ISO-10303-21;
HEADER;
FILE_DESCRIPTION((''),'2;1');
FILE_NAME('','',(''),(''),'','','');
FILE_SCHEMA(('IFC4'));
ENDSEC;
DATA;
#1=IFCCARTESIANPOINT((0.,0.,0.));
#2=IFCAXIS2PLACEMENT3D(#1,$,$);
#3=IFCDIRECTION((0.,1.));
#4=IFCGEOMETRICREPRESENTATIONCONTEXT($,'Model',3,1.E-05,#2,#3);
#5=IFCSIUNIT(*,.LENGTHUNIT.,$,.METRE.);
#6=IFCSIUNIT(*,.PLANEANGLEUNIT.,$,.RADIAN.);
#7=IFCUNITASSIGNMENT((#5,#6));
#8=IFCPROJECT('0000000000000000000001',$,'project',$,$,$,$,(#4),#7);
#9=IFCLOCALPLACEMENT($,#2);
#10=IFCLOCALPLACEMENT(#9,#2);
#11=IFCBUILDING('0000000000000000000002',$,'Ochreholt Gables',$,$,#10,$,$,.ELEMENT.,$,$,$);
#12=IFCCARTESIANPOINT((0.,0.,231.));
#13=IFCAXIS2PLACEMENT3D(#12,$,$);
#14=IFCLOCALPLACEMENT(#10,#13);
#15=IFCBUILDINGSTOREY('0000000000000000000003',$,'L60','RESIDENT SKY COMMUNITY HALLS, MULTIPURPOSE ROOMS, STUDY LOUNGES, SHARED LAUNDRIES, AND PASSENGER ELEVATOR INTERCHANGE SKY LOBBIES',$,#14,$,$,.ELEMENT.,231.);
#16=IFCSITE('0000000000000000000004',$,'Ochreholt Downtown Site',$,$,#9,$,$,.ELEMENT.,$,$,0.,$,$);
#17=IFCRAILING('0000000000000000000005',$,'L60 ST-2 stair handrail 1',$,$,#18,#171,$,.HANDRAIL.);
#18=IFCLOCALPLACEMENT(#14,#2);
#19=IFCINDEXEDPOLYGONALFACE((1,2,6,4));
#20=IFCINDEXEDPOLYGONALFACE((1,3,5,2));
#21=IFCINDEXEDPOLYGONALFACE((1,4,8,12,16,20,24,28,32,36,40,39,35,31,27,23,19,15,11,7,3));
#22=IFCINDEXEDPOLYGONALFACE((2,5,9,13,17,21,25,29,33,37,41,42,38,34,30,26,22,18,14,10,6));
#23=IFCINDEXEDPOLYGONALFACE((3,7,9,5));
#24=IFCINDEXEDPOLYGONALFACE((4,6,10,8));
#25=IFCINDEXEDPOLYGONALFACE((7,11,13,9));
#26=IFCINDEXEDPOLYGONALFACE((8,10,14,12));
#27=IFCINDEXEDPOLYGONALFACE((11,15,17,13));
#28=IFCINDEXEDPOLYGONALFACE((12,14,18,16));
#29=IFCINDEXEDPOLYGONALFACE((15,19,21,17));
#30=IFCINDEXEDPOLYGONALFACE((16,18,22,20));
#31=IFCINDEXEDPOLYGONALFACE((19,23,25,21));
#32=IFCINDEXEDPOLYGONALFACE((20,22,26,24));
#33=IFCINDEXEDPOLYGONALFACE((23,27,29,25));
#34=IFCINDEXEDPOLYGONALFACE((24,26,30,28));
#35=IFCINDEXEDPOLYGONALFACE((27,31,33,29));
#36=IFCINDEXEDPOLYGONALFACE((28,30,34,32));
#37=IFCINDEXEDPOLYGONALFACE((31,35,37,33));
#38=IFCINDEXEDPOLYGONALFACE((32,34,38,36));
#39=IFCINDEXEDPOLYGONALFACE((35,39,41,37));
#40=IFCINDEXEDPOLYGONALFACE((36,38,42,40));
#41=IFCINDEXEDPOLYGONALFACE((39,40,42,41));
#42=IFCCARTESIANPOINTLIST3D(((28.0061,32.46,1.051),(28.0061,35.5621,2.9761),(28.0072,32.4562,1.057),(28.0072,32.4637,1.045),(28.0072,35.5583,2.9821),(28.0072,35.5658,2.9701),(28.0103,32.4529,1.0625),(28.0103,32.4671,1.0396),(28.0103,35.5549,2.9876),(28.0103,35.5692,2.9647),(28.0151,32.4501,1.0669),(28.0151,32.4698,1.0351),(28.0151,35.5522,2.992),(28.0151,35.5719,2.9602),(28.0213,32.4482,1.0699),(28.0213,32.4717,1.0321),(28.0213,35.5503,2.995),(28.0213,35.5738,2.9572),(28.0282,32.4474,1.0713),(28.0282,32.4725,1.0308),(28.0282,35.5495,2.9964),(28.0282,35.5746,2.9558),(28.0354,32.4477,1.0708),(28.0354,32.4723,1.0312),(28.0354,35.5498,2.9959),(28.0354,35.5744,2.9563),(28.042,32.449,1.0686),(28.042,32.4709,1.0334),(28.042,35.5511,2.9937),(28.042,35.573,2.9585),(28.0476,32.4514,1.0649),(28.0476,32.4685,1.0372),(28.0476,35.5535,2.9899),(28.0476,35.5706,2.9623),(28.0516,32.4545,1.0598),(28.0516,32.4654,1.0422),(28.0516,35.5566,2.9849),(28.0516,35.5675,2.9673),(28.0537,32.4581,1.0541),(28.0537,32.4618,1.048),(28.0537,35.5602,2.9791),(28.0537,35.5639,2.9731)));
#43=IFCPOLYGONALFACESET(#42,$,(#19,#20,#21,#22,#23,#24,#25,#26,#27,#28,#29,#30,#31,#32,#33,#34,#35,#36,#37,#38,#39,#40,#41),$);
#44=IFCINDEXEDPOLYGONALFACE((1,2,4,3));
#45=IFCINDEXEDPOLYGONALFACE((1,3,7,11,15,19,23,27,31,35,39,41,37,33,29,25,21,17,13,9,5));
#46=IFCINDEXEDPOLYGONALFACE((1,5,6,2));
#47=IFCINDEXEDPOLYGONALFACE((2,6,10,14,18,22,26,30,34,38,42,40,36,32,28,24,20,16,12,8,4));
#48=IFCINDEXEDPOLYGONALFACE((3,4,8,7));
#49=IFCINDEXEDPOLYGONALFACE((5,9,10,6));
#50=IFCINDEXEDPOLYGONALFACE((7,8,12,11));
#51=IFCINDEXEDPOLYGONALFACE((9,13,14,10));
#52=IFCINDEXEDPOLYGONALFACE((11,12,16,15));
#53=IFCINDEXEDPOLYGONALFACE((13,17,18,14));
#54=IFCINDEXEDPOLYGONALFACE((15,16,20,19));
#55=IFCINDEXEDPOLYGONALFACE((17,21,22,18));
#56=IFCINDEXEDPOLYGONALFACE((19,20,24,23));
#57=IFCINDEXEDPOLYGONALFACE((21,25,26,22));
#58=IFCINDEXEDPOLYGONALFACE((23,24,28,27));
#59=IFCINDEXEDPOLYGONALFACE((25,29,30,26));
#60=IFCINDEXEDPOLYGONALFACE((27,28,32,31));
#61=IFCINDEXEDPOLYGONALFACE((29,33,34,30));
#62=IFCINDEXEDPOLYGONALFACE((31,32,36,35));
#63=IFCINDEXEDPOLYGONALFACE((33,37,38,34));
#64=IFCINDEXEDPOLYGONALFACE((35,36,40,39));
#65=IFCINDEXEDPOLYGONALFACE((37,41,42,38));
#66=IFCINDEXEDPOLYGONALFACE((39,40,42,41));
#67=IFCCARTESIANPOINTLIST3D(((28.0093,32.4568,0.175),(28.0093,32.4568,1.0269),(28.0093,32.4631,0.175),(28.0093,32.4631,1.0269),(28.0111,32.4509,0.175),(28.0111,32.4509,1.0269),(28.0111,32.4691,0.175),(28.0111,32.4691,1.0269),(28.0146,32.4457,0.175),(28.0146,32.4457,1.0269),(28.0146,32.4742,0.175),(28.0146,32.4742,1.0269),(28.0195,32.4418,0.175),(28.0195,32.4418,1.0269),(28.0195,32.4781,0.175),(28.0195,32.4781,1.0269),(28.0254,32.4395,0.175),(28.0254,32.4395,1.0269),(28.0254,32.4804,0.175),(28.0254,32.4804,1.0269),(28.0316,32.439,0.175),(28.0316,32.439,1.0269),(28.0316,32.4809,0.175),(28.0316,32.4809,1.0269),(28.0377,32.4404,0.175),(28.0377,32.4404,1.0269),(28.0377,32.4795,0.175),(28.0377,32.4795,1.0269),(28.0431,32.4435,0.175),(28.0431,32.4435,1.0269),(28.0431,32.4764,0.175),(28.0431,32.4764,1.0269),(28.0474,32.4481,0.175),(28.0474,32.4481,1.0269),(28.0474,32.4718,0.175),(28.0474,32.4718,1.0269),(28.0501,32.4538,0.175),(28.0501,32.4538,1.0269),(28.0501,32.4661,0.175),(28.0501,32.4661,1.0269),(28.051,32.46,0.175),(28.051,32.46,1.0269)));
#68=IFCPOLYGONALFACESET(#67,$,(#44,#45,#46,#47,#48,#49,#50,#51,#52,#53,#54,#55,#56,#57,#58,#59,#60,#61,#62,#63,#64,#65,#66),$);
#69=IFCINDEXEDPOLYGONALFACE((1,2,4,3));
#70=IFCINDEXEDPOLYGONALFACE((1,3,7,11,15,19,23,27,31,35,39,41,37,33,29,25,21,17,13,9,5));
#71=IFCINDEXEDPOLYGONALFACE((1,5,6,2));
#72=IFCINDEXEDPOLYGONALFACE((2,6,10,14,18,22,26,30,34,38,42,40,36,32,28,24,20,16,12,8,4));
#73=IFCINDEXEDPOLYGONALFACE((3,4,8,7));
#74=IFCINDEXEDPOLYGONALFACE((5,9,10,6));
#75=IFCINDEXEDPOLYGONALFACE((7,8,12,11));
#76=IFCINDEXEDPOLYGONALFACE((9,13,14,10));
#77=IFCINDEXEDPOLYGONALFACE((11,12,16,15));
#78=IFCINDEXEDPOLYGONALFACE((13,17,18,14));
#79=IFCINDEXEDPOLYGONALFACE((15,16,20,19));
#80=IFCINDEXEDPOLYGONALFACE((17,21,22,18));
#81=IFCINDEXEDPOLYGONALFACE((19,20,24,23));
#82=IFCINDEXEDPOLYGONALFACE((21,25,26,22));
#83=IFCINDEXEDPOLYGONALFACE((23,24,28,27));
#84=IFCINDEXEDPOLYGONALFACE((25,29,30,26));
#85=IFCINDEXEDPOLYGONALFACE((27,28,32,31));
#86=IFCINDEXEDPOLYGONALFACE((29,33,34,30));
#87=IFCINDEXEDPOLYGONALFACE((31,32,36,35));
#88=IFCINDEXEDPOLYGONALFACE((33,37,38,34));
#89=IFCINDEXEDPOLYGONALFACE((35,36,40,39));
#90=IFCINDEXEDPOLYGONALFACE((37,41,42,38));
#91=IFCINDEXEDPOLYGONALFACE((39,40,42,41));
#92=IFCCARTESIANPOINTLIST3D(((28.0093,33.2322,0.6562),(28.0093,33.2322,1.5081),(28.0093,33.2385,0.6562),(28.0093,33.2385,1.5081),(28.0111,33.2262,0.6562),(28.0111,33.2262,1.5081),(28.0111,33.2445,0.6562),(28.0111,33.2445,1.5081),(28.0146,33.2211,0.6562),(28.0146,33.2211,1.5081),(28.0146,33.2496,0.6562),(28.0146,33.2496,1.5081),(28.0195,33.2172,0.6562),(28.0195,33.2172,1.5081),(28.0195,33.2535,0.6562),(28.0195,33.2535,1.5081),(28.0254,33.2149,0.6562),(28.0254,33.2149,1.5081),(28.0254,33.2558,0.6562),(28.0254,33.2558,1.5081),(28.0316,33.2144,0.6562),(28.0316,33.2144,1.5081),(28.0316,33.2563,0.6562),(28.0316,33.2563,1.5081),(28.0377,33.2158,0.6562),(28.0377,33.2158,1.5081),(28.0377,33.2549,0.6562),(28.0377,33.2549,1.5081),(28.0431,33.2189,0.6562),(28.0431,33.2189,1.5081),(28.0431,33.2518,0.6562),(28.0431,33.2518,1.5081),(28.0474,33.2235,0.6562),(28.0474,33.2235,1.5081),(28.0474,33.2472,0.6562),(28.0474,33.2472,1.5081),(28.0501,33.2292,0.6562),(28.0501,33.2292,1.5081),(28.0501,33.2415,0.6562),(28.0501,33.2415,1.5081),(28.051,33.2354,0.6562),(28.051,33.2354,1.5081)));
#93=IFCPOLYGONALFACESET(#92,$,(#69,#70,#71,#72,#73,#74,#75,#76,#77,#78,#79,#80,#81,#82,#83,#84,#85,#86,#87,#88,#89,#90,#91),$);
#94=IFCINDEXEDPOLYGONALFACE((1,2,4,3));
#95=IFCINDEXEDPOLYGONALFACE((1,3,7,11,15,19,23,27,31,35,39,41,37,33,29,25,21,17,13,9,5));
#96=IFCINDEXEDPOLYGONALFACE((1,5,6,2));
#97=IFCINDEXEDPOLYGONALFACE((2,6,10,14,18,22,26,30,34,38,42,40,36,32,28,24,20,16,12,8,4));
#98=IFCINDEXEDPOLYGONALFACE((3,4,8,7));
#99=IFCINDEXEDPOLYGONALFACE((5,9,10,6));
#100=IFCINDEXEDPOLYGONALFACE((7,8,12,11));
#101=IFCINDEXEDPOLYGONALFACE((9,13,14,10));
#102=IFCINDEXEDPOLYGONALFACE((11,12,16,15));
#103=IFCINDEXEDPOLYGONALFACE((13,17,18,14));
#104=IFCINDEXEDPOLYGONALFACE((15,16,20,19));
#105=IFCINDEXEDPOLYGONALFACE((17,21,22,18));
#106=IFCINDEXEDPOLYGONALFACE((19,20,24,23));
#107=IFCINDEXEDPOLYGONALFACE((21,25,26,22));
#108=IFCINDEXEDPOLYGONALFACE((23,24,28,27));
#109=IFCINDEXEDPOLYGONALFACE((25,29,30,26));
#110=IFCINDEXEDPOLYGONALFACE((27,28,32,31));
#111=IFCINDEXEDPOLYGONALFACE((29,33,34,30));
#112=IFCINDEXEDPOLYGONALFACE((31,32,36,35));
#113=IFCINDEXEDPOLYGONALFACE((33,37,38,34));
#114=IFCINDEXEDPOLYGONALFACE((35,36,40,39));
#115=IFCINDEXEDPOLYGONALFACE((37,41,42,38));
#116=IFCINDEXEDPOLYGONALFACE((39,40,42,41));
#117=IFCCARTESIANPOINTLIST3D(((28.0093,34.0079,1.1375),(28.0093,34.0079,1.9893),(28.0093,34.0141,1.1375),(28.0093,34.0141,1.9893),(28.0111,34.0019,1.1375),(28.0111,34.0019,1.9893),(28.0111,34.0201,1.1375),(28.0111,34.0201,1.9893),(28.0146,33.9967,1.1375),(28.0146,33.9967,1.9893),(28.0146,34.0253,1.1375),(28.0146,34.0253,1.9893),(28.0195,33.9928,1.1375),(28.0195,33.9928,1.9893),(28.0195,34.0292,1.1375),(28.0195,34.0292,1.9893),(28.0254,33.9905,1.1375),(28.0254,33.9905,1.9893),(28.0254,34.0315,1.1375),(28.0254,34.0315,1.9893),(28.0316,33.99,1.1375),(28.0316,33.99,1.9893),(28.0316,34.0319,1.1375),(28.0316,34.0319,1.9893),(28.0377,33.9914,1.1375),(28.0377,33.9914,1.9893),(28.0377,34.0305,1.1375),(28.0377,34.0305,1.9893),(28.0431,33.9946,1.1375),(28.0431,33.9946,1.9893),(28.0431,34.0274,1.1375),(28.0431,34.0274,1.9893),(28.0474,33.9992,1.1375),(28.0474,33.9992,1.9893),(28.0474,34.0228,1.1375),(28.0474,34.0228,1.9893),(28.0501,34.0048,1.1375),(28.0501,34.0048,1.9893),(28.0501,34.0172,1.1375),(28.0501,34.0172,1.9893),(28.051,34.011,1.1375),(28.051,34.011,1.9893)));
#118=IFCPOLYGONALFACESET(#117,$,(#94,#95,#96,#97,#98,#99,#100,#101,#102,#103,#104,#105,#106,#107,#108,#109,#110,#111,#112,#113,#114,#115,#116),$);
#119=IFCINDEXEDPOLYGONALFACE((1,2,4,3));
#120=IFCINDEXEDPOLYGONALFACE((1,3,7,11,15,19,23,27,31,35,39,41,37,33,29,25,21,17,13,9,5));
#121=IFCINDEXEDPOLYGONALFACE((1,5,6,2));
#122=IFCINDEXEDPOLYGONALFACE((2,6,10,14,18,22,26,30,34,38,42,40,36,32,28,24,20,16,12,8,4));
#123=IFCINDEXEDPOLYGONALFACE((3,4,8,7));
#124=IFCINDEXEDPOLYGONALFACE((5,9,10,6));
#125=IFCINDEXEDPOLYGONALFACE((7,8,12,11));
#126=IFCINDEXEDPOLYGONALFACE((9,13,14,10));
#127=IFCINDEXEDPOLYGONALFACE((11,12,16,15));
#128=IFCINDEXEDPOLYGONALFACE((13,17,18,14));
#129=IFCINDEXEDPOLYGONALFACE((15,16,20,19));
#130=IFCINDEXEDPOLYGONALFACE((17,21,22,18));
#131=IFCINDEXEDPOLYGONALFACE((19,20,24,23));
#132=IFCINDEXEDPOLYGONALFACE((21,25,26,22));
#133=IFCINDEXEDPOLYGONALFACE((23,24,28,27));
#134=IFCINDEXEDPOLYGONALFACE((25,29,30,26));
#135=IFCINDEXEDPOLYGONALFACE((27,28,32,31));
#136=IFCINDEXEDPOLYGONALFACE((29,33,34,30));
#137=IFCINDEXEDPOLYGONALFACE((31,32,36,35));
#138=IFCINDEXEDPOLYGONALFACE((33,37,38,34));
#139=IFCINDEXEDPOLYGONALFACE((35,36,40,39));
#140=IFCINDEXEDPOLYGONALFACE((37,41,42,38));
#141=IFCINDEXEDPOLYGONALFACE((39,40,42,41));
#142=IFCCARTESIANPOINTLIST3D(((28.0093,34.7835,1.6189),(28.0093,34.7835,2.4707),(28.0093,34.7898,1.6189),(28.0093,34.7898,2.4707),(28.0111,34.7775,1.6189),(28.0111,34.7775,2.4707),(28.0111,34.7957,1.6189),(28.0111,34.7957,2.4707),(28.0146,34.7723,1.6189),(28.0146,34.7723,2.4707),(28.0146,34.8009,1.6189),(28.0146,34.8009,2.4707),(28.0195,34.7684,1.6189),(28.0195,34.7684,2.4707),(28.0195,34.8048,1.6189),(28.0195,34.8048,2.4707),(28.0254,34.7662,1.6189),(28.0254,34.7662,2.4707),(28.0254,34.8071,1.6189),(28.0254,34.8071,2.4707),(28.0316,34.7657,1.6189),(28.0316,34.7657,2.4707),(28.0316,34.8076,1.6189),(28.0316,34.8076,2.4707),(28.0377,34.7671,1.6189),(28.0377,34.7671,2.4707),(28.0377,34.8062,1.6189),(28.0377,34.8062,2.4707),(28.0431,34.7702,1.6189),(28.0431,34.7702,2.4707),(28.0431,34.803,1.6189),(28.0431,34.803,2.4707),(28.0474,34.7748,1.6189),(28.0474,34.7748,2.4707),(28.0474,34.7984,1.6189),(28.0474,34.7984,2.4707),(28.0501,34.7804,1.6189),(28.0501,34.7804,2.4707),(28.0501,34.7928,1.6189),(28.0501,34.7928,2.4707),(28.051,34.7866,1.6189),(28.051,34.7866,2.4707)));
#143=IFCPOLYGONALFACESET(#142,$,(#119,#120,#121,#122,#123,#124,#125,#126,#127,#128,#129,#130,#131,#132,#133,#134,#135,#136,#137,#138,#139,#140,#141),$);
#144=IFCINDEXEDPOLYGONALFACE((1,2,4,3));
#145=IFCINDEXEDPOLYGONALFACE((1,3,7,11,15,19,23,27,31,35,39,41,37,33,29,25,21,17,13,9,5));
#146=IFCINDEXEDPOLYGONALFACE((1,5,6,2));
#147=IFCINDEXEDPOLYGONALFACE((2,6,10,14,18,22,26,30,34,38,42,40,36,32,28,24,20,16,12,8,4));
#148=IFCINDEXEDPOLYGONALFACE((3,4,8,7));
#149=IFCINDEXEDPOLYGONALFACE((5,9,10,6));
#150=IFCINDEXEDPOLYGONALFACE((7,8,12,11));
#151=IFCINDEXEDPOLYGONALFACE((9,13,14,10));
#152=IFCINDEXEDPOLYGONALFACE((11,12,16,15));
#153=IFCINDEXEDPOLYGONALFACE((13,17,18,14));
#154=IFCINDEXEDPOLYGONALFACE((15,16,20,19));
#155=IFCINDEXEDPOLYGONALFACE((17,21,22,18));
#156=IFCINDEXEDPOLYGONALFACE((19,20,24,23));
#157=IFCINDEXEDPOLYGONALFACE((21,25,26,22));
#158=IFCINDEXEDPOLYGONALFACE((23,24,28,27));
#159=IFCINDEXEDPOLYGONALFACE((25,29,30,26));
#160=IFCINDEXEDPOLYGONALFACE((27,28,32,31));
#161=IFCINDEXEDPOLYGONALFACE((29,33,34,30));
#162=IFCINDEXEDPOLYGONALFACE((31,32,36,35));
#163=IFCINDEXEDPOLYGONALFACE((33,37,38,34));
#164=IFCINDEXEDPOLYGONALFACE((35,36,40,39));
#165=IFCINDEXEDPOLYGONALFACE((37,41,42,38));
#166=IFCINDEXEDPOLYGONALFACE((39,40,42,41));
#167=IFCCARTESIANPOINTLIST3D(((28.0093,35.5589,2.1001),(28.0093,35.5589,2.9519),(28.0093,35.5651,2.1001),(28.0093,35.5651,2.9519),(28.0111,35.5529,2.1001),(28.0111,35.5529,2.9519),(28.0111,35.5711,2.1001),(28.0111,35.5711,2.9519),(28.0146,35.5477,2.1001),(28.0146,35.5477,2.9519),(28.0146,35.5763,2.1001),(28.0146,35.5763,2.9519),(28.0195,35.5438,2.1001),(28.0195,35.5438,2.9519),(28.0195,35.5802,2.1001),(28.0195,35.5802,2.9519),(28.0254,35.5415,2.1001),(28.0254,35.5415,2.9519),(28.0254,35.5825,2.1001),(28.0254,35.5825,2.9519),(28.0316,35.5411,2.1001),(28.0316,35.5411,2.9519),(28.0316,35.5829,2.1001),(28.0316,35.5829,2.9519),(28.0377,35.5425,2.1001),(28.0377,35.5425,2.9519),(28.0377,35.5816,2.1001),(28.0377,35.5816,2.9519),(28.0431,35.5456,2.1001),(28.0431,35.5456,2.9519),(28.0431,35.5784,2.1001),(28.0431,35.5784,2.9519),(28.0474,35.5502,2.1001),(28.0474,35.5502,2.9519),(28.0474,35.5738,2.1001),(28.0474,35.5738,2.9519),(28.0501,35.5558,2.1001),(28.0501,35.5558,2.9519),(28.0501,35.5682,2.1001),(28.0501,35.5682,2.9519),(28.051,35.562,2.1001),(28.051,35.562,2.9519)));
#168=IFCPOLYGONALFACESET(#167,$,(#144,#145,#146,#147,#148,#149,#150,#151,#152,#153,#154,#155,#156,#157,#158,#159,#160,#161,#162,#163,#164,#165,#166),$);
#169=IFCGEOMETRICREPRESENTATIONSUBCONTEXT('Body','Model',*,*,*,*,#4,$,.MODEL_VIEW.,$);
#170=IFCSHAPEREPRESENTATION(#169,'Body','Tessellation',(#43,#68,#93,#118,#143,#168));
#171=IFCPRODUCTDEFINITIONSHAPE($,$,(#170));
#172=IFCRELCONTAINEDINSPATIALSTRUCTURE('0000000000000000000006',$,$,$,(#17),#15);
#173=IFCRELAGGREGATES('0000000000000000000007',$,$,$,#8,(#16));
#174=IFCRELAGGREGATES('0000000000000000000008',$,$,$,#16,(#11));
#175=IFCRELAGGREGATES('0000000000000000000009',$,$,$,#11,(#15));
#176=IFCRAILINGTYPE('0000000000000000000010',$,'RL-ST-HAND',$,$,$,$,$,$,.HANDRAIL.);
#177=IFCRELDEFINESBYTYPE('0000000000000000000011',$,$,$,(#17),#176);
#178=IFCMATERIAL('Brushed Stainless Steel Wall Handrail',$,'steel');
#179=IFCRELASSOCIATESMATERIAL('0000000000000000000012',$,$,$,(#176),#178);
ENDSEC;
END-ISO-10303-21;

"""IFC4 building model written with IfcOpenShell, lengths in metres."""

from ifc_helpers import new_model, si_unit, direction, frame, origin, origin_2d, place, context, subcontext, project, spatial, circle, extrude, material, type_object, element, save


model = new_model("IFC4")

# Units and contexts
model_context = context("Model", 3, precision=1e-05, world=origin(), true_north=direction((0.0, 1.0)))
body_context = subcontext(model_context, "Body", "Model", "MODEL_VIEW")
ifc_project = project(units=[si_unit("LENGTHUNIT", "METRE"), si_unit("PLANEANGLEUNIT", "RADIAN")], contexts=[model_context])

# Site, building, storey
site_placement = place(None, origin())
site = spatial("IfcSite", under=ifc_project, at=site_placement, Name="Ochreholt Downtown Site", CompositionType="ELEMENT", RefElevation=0.0)
building_placement = place(site_placement, origin())
building = spatial("IfcBuilding", under=site, at=building_placement, Name="Ochreholt Gables", CompositionType="ELEMENT")
storey_placement = place(building_placement, frame((0.0, 0.0, 231.0)))
storey = spatial("IfcBuildingStorey", under=building, at=storey_placement, Name="L60", Description="RESIDENT SKY COMMUNITY HALLS, MULTIPURPOSE ROOMS, STUDY LOUNGES, SHARED LAUNDRIES, AND PASSENGER ELEVATOR INTERCHANGE SKY LOBBIES", CompositionType="ELEMENT", Elevation=231.0)

# Railing
ifc_material_1 = material(Name="Brushed Stainless Steel Wall Handrail", Category="steel")
railing_type_1 = type_object("IfcRailingType", Name="RL-ST-HAND", PredefinedType="HANDRAIL", material=ifc_material_1)
railing_1_placement = place(storey_placement, frame((28.03, 32.46, 0.175)))
element("IfcRailing", 1, at=railing_1_placement, inside=storey, type_object=railing_type_1, Name="L60 ST-2 stair handrail 1", PredefinedType="HANDRAIL", context=body_context, shape_type="SweptSolid", body=[
    extrude(circle(Radius=0.0239, at=origin_2d()), frame((0.0, 0.0, 0.876), z_axis=(0.0, 0.849685, 0.527291), x_axis=(-1.0, 0.0, 0.0)), (0.0, 0.0, 1.0), 3.6509),
    extrude(circle(Radius=0.021, at=origin_2d()), origin(), (0.0, 0.0, 1.0), 0.8518),
    extrude(circle(Radius=0.021, at=origin_2d()), frame((0.0, 0.7754, 0.4812)), (0.0, 0.0, 1.0), 0.8518),
    extrude(circle(Radius=0.021, at=origin_2d()), frame((0.0, 1.551, 0.9624)), (0.0, 0.0, 1.0), 0.8518),
    extrude(circle(Radius=0.021, at=origin_2d()), frame((0.0, 2.3267, 1.4438)), (0.0, 0.0, 1.0), 0.8518),
    extrude(circle(Radius=0.021, at=origin_2d()), frame((0.0, 3.1021, 1.925)), (0.0, 0.0, 1.0), 0.8518),
])

save(model, "model.ifc")
